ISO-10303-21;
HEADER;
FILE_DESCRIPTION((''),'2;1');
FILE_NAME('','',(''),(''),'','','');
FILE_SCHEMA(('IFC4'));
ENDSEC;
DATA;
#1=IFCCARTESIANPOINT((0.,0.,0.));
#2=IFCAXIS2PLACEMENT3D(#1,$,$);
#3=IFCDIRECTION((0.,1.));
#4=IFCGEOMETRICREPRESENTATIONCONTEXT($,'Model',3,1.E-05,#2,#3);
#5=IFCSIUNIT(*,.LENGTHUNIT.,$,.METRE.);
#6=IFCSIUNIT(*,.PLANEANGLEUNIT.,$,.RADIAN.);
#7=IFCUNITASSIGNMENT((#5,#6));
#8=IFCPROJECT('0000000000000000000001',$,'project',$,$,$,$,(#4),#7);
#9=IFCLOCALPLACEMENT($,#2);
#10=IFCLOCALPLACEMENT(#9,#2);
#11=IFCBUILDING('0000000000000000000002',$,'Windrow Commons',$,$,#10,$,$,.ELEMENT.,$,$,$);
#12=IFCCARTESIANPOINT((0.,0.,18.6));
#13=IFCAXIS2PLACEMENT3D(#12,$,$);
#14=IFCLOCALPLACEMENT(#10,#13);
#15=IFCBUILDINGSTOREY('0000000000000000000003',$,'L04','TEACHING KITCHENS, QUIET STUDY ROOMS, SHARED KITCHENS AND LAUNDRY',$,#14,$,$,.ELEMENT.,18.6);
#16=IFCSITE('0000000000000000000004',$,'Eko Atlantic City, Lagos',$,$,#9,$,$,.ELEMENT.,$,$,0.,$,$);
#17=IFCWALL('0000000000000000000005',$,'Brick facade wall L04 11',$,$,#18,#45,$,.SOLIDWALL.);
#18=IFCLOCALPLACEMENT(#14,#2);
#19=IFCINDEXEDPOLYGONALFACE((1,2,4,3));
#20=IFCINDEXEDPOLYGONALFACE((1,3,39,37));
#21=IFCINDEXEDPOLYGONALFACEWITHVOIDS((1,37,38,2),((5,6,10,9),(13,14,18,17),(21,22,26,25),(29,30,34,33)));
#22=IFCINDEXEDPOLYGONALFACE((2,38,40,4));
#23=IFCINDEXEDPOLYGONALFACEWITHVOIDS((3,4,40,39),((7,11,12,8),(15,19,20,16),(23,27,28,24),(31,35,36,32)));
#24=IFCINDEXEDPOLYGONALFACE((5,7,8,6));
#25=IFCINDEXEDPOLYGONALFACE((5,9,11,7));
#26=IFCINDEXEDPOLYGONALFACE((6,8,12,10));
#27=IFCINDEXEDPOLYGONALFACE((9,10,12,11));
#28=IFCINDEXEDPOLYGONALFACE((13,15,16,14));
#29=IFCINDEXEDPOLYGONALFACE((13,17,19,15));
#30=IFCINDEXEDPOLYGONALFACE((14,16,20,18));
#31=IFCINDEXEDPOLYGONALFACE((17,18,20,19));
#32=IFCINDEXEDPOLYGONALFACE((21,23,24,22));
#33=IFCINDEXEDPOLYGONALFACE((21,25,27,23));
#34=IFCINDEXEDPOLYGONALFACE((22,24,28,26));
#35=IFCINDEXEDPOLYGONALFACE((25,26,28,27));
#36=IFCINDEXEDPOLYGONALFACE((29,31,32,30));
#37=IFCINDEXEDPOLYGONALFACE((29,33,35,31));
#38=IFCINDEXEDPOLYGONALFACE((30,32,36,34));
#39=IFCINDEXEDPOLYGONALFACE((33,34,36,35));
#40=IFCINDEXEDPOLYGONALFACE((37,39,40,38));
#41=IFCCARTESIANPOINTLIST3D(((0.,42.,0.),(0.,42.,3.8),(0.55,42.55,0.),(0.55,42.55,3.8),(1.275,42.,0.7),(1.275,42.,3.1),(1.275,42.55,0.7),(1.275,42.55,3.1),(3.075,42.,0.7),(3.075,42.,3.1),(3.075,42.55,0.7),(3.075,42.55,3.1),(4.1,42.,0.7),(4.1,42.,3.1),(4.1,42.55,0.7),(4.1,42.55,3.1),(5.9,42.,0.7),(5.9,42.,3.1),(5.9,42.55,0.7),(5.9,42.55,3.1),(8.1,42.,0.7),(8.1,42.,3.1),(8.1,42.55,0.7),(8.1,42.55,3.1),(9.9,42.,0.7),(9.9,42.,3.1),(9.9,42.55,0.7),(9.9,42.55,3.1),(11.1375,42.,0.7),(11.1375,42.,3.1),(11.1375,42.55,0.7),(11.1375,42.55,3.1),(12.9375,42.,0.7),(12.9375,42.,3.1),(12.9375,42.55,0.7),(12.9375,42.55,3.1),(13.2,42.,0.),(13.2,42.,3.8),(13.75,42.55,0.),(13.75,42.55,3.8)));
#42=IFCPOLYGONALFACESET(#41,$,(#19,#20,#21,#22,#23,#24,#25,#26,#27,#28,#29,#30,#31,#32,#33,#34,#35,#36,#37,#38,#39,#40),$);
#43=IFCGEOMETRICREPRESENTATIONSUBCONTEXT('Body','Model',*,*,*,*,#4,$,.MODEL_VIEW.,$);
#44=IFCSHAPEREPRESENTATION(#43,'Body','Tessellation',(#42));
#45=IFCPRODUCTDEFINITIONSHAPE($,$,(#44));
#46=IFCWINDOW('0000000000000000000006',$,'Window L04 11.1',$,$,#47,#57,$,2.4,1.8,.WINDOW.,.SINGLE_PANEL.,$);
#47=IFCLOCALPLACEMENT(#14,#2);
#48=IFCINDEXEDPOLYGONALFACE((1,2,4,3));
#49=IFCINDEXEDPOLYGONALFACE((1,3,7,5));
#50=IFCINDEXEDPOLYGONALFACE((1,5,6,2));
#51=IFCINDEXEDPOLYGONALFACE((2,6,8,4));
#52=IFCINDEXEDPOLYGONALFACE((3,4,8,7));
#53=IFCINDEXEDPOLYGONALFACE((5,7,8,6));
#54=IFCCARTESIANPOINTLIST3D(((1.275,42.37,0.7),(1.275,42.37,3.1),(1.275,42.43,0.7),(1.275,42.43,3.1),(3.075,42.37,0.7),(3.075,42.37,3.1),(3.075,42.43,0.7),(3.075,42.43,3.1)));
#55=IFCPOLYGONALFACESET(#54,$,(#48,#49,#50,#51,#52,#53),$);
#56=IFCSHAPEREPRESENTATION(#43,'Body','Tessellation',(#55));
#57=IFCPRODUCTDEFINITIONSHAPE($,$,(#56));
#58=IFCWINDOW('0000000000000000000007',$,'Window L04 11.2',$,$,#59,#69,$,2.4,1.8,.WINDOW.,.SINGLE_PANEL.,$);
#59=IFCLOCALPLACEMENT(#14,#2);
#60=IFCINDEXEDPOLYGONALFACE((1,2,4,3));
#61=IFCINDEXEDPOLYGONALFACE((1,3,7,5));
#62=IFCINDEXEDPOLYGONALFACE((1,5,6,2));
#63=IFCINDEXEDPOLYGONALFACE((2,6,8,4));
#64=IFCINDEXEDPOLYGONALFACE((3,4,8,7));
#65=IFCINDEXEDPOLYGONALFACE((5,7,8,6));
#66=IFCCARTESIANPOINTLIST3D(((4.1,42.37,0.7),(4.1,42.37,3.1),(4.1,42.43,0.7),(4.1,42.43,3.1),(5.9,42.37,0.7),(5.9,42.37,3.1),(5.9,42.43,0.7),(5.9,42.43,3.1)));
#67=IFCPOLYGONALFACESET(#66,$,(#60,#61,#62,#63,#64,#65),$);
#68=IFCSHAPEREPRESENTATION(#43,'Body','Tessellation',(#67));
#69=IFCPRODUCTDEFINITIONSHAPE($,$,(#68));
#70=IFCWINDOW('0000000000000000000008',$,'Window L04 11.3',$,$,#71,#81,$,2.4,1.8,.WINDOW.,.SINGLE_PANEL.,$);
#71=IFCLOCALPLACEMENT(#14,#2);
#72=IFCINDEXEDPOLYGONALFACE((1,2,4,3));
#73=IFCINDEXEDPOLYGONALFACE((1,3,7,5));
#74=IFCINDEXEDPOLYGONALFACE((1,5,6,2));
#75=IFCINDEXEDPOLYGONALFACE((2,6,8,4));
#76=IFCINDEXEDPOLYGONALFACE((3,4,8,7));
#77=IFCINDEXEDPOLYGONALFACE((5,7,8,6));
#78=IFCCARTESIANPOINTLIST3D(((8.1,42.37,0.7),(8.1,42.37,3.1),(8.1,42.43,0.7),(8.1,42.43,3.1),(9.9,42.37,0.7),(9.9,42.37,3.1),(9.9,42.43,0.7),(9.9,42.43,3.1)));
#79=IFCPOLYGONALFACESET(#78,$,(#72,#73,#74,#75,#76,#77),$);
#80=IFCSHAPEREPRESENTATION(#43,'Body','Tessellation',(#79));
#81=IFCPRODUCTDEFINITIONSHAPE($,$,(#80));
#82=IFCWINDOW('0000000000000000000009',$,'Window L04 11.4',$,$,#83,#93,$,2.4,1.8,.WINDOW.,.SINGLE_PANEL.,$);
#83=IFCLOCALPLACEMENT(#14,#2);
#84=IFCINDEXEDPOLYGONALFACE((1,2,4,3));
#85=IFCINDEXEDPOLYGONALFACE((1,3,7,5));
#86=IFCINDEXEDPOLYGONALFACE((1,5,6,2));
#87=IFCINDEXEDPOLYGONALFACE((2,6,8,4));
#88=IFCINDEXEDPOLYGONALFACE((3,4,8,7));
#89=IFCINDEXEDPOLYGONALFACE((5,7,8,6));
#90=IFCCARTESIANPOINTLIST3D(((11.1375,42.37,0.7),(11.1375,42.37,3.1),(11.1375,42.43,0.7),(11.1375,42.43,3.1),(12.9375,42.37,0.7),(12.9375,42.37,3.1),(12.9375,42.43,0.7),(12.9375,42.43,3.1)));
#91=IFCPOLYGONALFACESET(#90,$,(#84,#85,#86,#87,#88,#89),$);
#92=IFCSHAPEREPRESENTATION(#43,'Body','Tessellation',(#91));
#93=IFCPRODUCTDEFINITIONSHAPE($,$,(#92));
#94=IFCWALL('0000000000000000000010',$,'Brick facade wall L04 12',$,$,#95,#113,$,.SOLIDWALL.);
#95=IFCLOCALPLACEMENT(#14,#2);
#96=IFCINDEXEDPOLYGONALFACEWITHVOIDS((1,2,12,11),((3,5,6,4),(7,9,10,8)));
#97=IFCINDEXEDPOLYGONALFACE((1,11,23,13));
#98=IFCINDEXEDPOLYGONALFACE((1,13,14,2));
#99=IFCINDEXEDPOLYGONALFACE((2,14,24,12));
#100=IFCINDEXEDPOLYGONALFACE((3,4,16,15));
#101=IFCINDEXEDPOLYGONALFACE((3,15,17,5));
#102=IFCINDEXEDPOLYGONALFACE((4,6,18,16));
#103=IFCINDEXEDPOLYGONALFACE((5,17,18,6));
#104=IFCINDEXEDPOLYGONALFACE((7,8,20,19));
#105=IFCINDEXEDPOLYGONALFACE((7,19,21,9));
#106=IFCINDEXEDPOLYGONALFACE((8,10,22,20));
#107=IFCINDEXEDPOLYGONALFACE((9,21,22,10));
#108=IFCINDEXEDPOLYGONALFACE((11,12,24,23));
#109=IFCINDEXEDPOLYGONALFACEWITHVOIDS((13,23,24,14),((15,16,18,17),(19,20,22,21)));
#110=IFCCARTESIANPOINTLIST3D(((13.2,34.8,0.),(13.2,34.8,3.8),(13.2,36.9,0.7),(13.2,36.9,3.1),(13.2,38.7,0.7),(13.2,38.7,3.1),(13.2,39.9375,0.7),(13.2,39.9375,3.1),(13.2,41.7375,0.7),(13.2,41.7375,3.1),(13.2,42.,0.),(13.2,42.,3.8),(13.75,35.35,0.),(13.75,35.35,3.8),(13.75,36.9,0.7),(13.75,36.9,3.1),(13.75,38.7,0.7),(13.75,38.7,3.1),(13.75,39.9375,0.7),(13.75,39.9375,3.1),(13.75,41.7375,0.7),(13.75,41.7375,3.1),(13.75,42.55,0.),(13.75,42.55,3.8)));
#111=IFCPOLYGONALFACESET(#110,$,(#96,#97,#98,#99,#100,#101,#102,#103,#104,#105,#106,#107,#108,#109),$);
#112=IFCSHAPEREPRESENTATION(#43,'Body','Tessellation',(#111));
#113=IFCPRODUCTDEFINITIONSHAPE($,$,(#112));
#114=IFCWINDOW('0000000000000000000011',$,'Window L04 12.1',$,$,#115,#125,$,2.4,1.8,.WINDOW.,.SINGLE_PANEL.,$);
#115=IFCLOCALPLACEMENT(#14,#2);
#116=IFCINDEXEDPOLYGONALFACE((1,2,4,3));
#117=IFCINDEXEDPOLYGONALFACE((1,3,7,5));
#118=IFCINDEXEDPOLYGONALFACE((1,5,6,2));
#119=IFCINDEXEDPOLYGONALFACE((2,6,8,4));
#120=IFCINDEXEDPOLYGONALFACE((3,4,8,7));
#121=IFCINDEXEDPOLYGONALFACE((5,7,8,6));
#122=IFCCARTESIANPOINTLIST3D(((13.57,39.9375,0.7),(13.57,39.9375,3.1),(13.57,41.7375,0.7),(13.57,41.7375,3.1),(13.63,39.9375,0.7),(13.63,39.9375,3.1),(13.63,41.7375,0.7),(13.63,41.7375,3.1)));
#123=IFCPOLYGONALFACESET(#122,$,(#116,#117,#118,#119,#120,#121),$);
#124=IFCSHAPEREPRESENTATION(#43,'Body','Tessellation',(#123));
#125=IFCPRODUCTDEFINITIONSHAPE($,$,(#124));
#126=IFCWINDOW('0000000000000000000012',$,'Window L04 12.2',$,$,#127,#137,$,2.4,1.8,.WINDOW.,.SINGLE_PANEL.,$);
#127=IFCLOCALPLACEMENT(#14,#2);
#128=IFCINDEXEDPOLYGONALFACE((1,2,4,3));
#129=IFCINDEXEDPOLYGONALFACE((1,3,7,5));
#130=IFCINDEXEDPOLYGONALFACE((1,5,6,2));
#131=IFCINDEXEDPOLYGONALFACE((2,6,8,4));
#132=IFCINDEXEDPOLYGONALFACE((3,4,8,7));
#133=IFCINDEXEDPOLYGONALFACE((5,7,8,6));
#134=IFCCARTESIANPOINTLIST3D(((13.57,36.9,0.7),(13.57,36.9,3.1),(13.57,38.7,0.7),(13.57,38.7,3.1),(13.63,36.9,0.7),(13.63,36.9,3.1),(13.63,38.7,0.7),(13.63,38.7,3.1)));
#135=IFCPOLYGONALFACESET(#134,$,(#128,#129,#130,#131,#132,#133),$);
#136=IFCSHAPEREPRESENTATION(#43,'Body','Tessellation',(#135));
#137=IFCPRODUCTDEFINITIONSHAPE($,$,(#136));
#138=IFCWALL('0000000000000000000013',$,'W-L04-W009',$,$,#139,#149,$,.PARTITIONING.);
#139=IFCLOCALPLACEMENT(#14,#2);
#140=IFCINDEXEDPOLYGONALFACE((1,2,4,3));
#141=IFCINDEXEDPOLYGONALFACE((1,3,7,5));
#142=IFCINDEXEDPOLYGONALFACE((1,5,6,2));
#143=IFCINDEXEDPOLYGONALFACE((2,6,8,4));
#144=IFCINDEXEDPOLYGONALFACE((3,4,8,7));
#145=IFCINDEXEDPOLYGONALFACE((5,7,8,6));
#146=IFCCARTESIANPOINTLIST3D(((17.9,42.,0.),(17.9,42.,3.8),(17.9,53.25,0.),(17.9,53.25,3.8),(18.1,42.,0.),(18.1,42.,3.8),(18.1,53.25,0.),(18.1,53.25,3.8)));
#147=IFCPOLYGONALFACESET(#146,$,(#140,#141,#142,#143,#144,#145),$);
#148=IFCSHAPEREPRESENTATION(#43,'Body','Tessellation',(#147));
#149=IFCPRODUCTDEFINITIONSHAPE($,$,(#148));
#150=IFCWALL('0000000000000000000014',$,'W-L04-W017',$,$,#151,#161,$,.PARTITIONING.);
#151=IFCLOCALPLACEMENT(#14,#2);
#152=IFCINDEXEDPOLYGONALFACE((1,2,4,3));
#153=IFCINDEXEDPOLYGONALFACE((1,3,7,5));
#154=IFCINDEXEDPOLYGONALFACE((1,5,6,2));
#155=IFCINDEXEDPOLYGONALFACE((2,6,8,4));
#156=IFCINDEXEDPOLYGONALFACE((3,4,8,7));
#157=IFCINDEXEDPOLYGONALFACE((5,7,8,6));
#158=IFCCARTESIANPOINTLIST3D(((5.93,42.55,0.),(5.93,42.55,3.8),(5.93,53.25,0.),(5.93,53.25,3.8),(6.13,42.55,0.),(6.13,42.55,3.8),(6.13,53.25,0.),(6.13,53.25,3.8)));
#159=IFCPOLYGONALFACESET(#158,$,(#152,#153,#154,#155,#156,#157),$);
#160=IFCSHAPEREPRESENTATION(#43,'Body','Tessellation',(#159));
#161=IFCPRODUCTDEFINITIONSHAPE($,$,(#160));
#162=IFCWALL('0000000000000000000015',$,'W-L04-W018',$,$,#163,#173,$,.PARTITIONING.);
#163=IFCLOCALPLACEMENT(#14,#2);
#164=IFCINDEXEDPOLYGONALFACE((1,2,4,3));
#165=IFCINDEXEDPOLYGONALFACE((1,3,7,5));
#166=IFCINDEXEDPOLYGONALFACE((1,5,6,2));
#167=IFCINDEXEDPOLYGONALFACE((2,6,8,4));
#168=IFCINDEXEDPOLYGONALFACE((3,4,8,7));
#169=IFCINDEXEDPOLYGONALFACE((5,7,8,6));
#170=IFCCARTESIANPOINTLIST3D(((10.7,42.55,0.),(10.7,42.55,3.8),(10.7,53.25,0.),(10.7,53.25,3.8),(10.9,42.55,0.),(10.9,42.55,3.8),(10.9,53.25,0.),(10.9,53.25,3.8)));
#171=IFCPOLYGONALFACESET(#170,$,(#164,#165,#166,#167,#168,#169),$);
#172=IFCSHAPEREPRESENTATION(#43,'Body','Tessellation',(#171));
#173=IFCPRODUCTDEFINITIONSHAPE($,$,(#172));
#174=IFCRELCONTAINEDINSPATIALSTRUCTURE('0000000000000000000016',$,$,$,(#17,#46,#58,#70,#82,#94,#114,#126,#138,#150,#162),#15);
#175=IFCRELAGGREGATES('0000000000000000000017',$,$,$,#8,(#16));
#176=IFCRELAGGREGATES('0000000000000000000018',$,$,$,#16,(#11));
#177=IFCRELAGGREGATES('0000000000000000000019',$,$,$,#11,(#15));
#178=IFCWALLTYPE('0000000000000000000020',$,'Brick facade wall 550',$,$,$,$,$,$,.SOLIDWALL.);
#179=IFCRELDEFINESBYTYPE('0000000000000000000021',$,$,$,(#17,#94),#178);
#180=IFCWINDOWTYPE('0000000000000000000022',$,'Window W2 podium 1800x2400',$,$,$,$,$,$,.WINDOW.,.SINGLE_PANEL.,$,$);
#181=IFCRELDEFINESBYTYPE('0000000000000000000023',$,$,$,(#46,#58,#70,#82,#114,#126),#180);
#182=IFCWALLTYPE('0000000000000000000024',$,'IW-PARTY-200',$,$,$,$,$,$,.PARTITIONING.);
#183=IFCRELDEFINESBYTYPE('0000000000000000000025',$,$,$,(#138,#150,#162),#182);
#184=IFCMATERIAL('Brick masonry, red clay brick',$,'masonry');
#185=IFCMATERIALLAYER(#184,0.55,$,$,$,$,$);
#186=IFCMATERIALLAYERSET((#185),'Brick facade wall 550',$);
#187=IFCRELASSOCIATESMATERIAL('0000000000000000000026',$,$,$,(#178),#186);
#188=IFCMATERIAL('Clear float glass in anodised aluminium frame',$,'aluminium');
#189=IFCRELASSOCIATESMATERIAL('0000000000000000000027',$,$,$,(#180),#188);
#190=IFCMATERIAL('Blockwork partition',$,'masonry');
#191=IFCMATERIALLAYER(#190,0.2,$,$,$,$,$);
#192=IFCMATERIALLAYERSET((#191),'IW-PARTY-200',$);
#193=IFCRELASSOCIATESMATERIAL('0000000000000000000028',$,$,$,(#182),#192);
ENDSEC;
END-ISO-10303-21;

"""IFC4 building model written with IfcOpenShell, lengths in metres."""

from ifc_helpers import new_model, si_unit, direction, frame, frame_2d, origin, place, context, subcontext, project, spatial, polyline, rectangle, outline, extrude, material, layer, layer_set, type_object, element, fill, save


model = new_model("IFC4")

# Units and contexts
model_context = context("Model", 3, precision=1e-05, world=origin(), true_north=direction((0.0, 1.0)))
body_context = subcontext(model_context, "Body", "Model", "MODEL_VIEW")
ifc_project = project(units=[si_unit("LENGTHUNIT", "METRE"), si_unit("PLANEANGLEUNIT", "RADIAN")], contexts=[model_context])

# Site, building, storey
site_placement = place(None, origin())
site = spatial("IfcSite", under=ifc_project, at=site_placement, Name="Eko Atlantic City, Lagos", CompositionType="ELEMENT", RefElevation=0.0)
building_placement = place(site_placement, origin())
building = spatial("IfcBuilding", under=site, at=building_placement, Name="Windrow Commons", CompositionType="ELEMENT")
storey_placement = place(building_placement, frame((0.0, 0.0, 18.6)))
storey = spatial("IfcBuildingStorey", under=building, at=storey_placement, Name="L04", Description="TEACHING KITCHENS, QUIET STUDY ROOMS, SHARED KITCHENS AND LAUNDRY", CompositionType="ELEMENT", Elevation=18.6)

# Shared definitions
ifc_material_1 = material(Name="Brick masonry, red clay brick", Category="masonry")
ifc_layer_1 = layer(ifc_material_1, 0.55)
ifc_layer_set_1 = layer_set([ifc_layer_1], Name="Brick facade wall 550")
wall_type_1 = type_object("IfcWallType", Name="Brick facade wall 550", PredefinedType="SOLIDWALL", material=ifc_layer_set_1)

# Walls, openings, windows
wall_1_placement = place(storey_placement, frame((0.275, 42.275, 0.0), z_axis=(0.0, 0.0, 1.0), x_axis=(1.0, 0.0, 0.0)))
wall_1 = element("IfcWall", 1, at=wall_1_placement, inside=storey, type_object=wall_type_1, Name="Brick facade wall L04 11", PredefinedType="SOLIDWALL", context=body_context, shape_type="SweptSolid", body=[
    extrude(outline(polyline([(-0.275, -0.275), (12.925, -0.275), (13.475, 0.275), (0.275, 0.275), (-0.275, -0.275)])), origin(), (0.0, 0.0, 1.0), 3.8),
])
opening_1_placement = place(wall_1_placement, frame((1.0, 0.0, 0.7)))
opening_1 = element("IfcOpeningElement", 2, at=opening_1_placement, cuts=wall_1, PredefinedType="OPENING", context=body_context, shape_type="SweptSolid", body=[
    extrude(rectangle(XDim=1.8, YDim=2.4, at=frame_2d((0.9, 1.2))), frame((0.0, 0.285, 0.0), z_axis=(0.0, -1.0, 0.0), x_axis=(1.0, 0.0, 0.0)), (0.0, 0.0, 1.0), 0.57),
])
opening_2_placement = place(wall_1_placement, frame((3.825, 0.0, 0.7)))
opening_2 = element("IfcOpeningElement", 3, at=opening_2_placement, cuts=wall_1, PredefinedType="OPENING", context=body_context, shape_type="SweptSolid", body=[
    extrude(rectangle(XDim=1.8, YDim=2.4, at=frame_2d((0.9, 1.2))), frame((0.0, 0.285, 0.0), z_axis=(0.0, -1.0, 0.0), x_axis=(1.0, 0.0, 0.0)), (0.0, 0.0, 1.0), 0.57),
])
opening_3_placement = place(wall_1_placement, frame((7.825, 0.0, 0.7)))
opening_3 = element("IfcOpeningElement", 4, at=opening_3_placement, cuts=wall_1, PredefinedType="OPENING", context=body_context, shape_type="SweptSolid", body=[
    extrude(rectangle(XDim=1.8, YDim=2.4, at=frame_2d((0.9, 1.2))), frame((0.0, 0.285, 0.0), z_axis=(0.0, -1.0, 0.0), x_axis=(1.0, 0.0, 0.0)), (0.0, 0.0, 1.0), 0.57),
])
opening_4_placement = place(wall_1_placement, frame((10.8625, 0.0, 0.7)))
opening_4 = element("IfcOpeningElement", 5, at=opening_4_placement, cuts=wall_1, PredefinedType="OPENING", context=body_context, shape_type="SweptSolid", body=[
    extrude(rectangle(XDim=1.8, YDim=2.4, at=frame_2d((0.9, 1.2))), frame((0.0, 0.285, 0.0), z_axis=(0.0, -1.0, 0.0), x_axis=(1.0, 0.0, 0.0)), (0.0, 0.0, 1.0), 0.57),
])
ifc_material_2 = material(Name="Clear float glass in anodised aluminium frame", Category="aluminium")
window_type = type_object("IfcWindowType", Name="Window W2 podium 1800x2400", PartitioningType="SINGLE_PANEL", PredefinedType="WINDOW", material=ifc_material_2)
window_1_placement = place(opening_1_placement, origin())
window_1 = element("IfcWindow", 6, at=window_1_placement, inside=storey, type_object=window_type, Name="Window L04 11.1", OverallHeight=2.4, OverallWidth=1.8, PartitioningType="SINGLE_PANEL", PredefinedType="WINDOW", context=body_context, shape_type="SweptSolid", body=[
    extrude(rectangle(XDim=1.8, YDim=2.4, at=frame_2d((0.9, 1.2))), frame((0.0, 0.155, 0.0), z_axis=(0.0, -1.0, 0.0), x_axis=(1.0, 0.0, 0.0)), (0.0, 0.0, 1.0), 0.06),
])
fill(opening_1, window_1)
window_2_placement = place(opening_2_placement, origin())
window_2 = element("IfcWindow", 7, at=window_2_placement, inside=storey, type_object=window_type, Name="Window L04 11.2", OverallHeight=2.4, OverallWidth=1.8, PartitioningType="SINGLE_PANEL", PredefinedType="WINDOW", context=body_context, shape_type="SweptSolid", body=[
    extrude(rectangle(XDim=1.8, YDim=2.4, at=frame_2d((0.9, 1.2))), frame((0.0, 0.155, 0.0), z_axis=(0.0, -1.0, 0.0), x_axis=(1.0, 0.0, 0.0)), (0.0, 0.0, 1.0), 0.06),
])
fill(opening_2, window_2)
window_3_placement = place(opening_3_placement, origin())
window_3 = element("IfcWindow", 8, at=window_3_placement, inside=storey, type_object=window_type, Name="Window L04 11.3", OverallHeight=2.4, OverallWidth=1.8, PartitioningType="SINGLE_PANEL", PredefinedType="WINDOW", context=body_context, shape_type="SweptSolid", body=[
    extrude(rectangle(XDim=1.8, YDim=2.4, at=frame_2d((0.9, 1.2))), frame((0.0, 0.155, 0.0), z_axis=(0.0, -1.0, 0.0), x_axis=(1.0, 0.0, 0.0)), (0.0, 0.0, 1.0), 0.06),
])
fill(opening_3, window_3)
window_4_placement = place(opening_4_placement, origin())
window_4 = element("IfcWindow", 9, at=window_4_placement, inside=storey, type_object=window_type, Name="Window L04 11.4", OverallHeight=2.4, OverallWidth=1.8, PartitioningType="SINGLE_PANEL", PredefinedType="WINDOW", context=body_context, shape_type="SweptSolid", body=[
    extrude(rectangle(XDim=1.8, YDim=2.4, at=frame_2d((0.9, 1.2))), frame((0.0, 0.155, 0.0), z_axis=(0.0, -1.0, 0.0), x_axis=(1.0, 0.0, 0.0)), (0.0, 0.0, 1.0), 0.06),
])
fill(opening_4, window_4)
wall_2_placement = place(storey_placement, frame((13.475, 42.275, 0.0), z_axis=(0.0, 0.0, 1.0), x_axis=(0.0, -1.0, 0.0)))
wall_2 = element("IfcWall", 10, at=wall_2_placement, inside=storey, type_object=wall_type_1, Name="Brick facade wall L04 12", PredefinedType="SOLIDWALL", context=body_context, shape_type="SweptSolid", body=[
    extrude(outline(polyline([(0.275, -0.275), (7.475, -0.275), (6.925, 0.275), (-0.275, 0.275), (0.275, -0.275)])), origin(), (0.0, 0.0, 1.0), 3.8),
])
opening_5_placement = place(wall_2_placement, frame((0.5375, 0.0, 0.7)))
opening_5 = element("IfcOpeningElement", 11, at=opening_5_placement, cuts=wall_2, PredefinedType="OPENING", context=body_context, shape_type="SweptSolid", body=[
    extrude(rectangle(XDim=1.8, YDim=2.4, at=frame_2d((0.9, 1.2))), frame((0.0, 0.285, 0.0), z_axis=(0.0, -1.0, 0.0), x_axis=(1.0, 0.0, 0.0)), (0.0, 0.0, 1.0), 0.57),
])
opening_6_placement = place(wall_2_placement, frame((3.575, 0.0, 0.7)))
opening_6 = element("IfcOpeningElement", 12, at=opening_6_placement, cuts=wall_2, PredefinedType="OPENING", context=body_context, shape_type="SweptSolid", body=[
    extrude(rectangle(XDim=1.8, YDim=2.4, at=frame_2d((0.9, 1.2))), frame((0.0, 0.285, 0.0), z_axis=(0.0, -1.0, 0.0), x_axis=(1.0, 0.0, 0.0)), (0.0, 0.0, 1.0), 0.57),
])
window_5_placement = place(opening_5_placement, origin())
window_5 = element("IfcWindow", 13, at=window_5_placement, inside=storey, type_object=window_type, Name="Window L04 12.1", OverallHeight=2.4, OverallWidth=1.8, PartitioningType="SINGLE_PANEL", PredefinedType="WINDOW", context=body_context, shape_type="SweptSolid", body=[
    extrude(rectangle(XDim=1.8, YDim=2.4, at=frame_2d((0.9, 1.2))), frame((0.0, 0.155, 0.0), z_axis=(0.0, -1.0, 0.0), x_axis=(1.0, 0.0, 0.0)), (0.0, 0.0, 1.0), 0.06),
])
fill(opening_5, window_5)
window_6_placement = place(opening_6_placement, origin())
window_6 = element("IfcWindow", 14, at=window_6_placement, inside=storey, type_object=window_type, Name="Window L04 12.2", OverallHeight=2.4, OverallWidth=1.8, PartitioningType="SINGLE_PANEL", PredefinedType="WINDOW", context=body_context, shape_type="SweptSolid", body=[
    extrude(rectangle(XDim=1.8, YDim=2.4, at=frame_2d((0.9, 1.2))), frame((0.0, 0.155, 0.0), z_axis=(0.0, -1.0, 0.0), x_axis=(1.0, 0.0, 0.0)), (0.0, 0.0, 1.0), 0.06),
])
fill(opening_6, window_6)

# Walls
ifc_material_3 = material(Name="Blockwork partition", Category="masonry")
ifc_layer_2 = layer(ifc_material_3, 0.2)
ifc_layer_set_2 = layer_set([ifc_layer_2], Name="IW-PARTY-200")
wall_type_2 = type_object("IfcWallType", Name="IW-PARTY-200", PredefinedType="PARTITIONING", material=ifc_layer_set_2)
wall_3_placement = place(storey_placement, frame((18.0, 42.0, 0.0), z_axis=(0.0, 0.0, 1.0), x_axis=(0.0, 1.0, 0.0)))
element("IfcWall", 15, at=wall_3_placement, inside=storey, type_object=wall_type_2, Name="W-L04-W009", PredefinedType="PARTITIONING", context=body_context, shape_type="SweptSolid", body=[
    extrude(rectangle(XDim=11.25, YDim=0.2, at=frame_2d((5.625, 0.0))), origin(), (0.0, 0.0, 1.0), 3.8),
])
for number, where, z_axis, x_axis, name in (
    (16, (6.03, 42.55, 0.0), (0.0, 0.0, 1.0), (0.0, 1.0, 0.0), "W-L04-W017"),
    (17, (10.8, 42.55, 0.0), (0.0, 0.0, 1.0), (0.0, 1.0, 0.0), "W-L04-W018"),
):
    element("IfcWall", number, at=place(storey_placement, frame(where, z_axis=z_axis, x_axis=x_axis)), inside=storey, type_object=wall_type_2, Name=name, PredefinedType="PARTITIONING", context=body_context, shape_type="SweptSolid", body=[
        extrude(rectangle(XDim=10.7, YDim=0.2, at=frame_2d((5.35, 0.0))), origin(), (0.0, 0.0, 1.0), 3.8),
    ])

save(model, "model.ifc")
